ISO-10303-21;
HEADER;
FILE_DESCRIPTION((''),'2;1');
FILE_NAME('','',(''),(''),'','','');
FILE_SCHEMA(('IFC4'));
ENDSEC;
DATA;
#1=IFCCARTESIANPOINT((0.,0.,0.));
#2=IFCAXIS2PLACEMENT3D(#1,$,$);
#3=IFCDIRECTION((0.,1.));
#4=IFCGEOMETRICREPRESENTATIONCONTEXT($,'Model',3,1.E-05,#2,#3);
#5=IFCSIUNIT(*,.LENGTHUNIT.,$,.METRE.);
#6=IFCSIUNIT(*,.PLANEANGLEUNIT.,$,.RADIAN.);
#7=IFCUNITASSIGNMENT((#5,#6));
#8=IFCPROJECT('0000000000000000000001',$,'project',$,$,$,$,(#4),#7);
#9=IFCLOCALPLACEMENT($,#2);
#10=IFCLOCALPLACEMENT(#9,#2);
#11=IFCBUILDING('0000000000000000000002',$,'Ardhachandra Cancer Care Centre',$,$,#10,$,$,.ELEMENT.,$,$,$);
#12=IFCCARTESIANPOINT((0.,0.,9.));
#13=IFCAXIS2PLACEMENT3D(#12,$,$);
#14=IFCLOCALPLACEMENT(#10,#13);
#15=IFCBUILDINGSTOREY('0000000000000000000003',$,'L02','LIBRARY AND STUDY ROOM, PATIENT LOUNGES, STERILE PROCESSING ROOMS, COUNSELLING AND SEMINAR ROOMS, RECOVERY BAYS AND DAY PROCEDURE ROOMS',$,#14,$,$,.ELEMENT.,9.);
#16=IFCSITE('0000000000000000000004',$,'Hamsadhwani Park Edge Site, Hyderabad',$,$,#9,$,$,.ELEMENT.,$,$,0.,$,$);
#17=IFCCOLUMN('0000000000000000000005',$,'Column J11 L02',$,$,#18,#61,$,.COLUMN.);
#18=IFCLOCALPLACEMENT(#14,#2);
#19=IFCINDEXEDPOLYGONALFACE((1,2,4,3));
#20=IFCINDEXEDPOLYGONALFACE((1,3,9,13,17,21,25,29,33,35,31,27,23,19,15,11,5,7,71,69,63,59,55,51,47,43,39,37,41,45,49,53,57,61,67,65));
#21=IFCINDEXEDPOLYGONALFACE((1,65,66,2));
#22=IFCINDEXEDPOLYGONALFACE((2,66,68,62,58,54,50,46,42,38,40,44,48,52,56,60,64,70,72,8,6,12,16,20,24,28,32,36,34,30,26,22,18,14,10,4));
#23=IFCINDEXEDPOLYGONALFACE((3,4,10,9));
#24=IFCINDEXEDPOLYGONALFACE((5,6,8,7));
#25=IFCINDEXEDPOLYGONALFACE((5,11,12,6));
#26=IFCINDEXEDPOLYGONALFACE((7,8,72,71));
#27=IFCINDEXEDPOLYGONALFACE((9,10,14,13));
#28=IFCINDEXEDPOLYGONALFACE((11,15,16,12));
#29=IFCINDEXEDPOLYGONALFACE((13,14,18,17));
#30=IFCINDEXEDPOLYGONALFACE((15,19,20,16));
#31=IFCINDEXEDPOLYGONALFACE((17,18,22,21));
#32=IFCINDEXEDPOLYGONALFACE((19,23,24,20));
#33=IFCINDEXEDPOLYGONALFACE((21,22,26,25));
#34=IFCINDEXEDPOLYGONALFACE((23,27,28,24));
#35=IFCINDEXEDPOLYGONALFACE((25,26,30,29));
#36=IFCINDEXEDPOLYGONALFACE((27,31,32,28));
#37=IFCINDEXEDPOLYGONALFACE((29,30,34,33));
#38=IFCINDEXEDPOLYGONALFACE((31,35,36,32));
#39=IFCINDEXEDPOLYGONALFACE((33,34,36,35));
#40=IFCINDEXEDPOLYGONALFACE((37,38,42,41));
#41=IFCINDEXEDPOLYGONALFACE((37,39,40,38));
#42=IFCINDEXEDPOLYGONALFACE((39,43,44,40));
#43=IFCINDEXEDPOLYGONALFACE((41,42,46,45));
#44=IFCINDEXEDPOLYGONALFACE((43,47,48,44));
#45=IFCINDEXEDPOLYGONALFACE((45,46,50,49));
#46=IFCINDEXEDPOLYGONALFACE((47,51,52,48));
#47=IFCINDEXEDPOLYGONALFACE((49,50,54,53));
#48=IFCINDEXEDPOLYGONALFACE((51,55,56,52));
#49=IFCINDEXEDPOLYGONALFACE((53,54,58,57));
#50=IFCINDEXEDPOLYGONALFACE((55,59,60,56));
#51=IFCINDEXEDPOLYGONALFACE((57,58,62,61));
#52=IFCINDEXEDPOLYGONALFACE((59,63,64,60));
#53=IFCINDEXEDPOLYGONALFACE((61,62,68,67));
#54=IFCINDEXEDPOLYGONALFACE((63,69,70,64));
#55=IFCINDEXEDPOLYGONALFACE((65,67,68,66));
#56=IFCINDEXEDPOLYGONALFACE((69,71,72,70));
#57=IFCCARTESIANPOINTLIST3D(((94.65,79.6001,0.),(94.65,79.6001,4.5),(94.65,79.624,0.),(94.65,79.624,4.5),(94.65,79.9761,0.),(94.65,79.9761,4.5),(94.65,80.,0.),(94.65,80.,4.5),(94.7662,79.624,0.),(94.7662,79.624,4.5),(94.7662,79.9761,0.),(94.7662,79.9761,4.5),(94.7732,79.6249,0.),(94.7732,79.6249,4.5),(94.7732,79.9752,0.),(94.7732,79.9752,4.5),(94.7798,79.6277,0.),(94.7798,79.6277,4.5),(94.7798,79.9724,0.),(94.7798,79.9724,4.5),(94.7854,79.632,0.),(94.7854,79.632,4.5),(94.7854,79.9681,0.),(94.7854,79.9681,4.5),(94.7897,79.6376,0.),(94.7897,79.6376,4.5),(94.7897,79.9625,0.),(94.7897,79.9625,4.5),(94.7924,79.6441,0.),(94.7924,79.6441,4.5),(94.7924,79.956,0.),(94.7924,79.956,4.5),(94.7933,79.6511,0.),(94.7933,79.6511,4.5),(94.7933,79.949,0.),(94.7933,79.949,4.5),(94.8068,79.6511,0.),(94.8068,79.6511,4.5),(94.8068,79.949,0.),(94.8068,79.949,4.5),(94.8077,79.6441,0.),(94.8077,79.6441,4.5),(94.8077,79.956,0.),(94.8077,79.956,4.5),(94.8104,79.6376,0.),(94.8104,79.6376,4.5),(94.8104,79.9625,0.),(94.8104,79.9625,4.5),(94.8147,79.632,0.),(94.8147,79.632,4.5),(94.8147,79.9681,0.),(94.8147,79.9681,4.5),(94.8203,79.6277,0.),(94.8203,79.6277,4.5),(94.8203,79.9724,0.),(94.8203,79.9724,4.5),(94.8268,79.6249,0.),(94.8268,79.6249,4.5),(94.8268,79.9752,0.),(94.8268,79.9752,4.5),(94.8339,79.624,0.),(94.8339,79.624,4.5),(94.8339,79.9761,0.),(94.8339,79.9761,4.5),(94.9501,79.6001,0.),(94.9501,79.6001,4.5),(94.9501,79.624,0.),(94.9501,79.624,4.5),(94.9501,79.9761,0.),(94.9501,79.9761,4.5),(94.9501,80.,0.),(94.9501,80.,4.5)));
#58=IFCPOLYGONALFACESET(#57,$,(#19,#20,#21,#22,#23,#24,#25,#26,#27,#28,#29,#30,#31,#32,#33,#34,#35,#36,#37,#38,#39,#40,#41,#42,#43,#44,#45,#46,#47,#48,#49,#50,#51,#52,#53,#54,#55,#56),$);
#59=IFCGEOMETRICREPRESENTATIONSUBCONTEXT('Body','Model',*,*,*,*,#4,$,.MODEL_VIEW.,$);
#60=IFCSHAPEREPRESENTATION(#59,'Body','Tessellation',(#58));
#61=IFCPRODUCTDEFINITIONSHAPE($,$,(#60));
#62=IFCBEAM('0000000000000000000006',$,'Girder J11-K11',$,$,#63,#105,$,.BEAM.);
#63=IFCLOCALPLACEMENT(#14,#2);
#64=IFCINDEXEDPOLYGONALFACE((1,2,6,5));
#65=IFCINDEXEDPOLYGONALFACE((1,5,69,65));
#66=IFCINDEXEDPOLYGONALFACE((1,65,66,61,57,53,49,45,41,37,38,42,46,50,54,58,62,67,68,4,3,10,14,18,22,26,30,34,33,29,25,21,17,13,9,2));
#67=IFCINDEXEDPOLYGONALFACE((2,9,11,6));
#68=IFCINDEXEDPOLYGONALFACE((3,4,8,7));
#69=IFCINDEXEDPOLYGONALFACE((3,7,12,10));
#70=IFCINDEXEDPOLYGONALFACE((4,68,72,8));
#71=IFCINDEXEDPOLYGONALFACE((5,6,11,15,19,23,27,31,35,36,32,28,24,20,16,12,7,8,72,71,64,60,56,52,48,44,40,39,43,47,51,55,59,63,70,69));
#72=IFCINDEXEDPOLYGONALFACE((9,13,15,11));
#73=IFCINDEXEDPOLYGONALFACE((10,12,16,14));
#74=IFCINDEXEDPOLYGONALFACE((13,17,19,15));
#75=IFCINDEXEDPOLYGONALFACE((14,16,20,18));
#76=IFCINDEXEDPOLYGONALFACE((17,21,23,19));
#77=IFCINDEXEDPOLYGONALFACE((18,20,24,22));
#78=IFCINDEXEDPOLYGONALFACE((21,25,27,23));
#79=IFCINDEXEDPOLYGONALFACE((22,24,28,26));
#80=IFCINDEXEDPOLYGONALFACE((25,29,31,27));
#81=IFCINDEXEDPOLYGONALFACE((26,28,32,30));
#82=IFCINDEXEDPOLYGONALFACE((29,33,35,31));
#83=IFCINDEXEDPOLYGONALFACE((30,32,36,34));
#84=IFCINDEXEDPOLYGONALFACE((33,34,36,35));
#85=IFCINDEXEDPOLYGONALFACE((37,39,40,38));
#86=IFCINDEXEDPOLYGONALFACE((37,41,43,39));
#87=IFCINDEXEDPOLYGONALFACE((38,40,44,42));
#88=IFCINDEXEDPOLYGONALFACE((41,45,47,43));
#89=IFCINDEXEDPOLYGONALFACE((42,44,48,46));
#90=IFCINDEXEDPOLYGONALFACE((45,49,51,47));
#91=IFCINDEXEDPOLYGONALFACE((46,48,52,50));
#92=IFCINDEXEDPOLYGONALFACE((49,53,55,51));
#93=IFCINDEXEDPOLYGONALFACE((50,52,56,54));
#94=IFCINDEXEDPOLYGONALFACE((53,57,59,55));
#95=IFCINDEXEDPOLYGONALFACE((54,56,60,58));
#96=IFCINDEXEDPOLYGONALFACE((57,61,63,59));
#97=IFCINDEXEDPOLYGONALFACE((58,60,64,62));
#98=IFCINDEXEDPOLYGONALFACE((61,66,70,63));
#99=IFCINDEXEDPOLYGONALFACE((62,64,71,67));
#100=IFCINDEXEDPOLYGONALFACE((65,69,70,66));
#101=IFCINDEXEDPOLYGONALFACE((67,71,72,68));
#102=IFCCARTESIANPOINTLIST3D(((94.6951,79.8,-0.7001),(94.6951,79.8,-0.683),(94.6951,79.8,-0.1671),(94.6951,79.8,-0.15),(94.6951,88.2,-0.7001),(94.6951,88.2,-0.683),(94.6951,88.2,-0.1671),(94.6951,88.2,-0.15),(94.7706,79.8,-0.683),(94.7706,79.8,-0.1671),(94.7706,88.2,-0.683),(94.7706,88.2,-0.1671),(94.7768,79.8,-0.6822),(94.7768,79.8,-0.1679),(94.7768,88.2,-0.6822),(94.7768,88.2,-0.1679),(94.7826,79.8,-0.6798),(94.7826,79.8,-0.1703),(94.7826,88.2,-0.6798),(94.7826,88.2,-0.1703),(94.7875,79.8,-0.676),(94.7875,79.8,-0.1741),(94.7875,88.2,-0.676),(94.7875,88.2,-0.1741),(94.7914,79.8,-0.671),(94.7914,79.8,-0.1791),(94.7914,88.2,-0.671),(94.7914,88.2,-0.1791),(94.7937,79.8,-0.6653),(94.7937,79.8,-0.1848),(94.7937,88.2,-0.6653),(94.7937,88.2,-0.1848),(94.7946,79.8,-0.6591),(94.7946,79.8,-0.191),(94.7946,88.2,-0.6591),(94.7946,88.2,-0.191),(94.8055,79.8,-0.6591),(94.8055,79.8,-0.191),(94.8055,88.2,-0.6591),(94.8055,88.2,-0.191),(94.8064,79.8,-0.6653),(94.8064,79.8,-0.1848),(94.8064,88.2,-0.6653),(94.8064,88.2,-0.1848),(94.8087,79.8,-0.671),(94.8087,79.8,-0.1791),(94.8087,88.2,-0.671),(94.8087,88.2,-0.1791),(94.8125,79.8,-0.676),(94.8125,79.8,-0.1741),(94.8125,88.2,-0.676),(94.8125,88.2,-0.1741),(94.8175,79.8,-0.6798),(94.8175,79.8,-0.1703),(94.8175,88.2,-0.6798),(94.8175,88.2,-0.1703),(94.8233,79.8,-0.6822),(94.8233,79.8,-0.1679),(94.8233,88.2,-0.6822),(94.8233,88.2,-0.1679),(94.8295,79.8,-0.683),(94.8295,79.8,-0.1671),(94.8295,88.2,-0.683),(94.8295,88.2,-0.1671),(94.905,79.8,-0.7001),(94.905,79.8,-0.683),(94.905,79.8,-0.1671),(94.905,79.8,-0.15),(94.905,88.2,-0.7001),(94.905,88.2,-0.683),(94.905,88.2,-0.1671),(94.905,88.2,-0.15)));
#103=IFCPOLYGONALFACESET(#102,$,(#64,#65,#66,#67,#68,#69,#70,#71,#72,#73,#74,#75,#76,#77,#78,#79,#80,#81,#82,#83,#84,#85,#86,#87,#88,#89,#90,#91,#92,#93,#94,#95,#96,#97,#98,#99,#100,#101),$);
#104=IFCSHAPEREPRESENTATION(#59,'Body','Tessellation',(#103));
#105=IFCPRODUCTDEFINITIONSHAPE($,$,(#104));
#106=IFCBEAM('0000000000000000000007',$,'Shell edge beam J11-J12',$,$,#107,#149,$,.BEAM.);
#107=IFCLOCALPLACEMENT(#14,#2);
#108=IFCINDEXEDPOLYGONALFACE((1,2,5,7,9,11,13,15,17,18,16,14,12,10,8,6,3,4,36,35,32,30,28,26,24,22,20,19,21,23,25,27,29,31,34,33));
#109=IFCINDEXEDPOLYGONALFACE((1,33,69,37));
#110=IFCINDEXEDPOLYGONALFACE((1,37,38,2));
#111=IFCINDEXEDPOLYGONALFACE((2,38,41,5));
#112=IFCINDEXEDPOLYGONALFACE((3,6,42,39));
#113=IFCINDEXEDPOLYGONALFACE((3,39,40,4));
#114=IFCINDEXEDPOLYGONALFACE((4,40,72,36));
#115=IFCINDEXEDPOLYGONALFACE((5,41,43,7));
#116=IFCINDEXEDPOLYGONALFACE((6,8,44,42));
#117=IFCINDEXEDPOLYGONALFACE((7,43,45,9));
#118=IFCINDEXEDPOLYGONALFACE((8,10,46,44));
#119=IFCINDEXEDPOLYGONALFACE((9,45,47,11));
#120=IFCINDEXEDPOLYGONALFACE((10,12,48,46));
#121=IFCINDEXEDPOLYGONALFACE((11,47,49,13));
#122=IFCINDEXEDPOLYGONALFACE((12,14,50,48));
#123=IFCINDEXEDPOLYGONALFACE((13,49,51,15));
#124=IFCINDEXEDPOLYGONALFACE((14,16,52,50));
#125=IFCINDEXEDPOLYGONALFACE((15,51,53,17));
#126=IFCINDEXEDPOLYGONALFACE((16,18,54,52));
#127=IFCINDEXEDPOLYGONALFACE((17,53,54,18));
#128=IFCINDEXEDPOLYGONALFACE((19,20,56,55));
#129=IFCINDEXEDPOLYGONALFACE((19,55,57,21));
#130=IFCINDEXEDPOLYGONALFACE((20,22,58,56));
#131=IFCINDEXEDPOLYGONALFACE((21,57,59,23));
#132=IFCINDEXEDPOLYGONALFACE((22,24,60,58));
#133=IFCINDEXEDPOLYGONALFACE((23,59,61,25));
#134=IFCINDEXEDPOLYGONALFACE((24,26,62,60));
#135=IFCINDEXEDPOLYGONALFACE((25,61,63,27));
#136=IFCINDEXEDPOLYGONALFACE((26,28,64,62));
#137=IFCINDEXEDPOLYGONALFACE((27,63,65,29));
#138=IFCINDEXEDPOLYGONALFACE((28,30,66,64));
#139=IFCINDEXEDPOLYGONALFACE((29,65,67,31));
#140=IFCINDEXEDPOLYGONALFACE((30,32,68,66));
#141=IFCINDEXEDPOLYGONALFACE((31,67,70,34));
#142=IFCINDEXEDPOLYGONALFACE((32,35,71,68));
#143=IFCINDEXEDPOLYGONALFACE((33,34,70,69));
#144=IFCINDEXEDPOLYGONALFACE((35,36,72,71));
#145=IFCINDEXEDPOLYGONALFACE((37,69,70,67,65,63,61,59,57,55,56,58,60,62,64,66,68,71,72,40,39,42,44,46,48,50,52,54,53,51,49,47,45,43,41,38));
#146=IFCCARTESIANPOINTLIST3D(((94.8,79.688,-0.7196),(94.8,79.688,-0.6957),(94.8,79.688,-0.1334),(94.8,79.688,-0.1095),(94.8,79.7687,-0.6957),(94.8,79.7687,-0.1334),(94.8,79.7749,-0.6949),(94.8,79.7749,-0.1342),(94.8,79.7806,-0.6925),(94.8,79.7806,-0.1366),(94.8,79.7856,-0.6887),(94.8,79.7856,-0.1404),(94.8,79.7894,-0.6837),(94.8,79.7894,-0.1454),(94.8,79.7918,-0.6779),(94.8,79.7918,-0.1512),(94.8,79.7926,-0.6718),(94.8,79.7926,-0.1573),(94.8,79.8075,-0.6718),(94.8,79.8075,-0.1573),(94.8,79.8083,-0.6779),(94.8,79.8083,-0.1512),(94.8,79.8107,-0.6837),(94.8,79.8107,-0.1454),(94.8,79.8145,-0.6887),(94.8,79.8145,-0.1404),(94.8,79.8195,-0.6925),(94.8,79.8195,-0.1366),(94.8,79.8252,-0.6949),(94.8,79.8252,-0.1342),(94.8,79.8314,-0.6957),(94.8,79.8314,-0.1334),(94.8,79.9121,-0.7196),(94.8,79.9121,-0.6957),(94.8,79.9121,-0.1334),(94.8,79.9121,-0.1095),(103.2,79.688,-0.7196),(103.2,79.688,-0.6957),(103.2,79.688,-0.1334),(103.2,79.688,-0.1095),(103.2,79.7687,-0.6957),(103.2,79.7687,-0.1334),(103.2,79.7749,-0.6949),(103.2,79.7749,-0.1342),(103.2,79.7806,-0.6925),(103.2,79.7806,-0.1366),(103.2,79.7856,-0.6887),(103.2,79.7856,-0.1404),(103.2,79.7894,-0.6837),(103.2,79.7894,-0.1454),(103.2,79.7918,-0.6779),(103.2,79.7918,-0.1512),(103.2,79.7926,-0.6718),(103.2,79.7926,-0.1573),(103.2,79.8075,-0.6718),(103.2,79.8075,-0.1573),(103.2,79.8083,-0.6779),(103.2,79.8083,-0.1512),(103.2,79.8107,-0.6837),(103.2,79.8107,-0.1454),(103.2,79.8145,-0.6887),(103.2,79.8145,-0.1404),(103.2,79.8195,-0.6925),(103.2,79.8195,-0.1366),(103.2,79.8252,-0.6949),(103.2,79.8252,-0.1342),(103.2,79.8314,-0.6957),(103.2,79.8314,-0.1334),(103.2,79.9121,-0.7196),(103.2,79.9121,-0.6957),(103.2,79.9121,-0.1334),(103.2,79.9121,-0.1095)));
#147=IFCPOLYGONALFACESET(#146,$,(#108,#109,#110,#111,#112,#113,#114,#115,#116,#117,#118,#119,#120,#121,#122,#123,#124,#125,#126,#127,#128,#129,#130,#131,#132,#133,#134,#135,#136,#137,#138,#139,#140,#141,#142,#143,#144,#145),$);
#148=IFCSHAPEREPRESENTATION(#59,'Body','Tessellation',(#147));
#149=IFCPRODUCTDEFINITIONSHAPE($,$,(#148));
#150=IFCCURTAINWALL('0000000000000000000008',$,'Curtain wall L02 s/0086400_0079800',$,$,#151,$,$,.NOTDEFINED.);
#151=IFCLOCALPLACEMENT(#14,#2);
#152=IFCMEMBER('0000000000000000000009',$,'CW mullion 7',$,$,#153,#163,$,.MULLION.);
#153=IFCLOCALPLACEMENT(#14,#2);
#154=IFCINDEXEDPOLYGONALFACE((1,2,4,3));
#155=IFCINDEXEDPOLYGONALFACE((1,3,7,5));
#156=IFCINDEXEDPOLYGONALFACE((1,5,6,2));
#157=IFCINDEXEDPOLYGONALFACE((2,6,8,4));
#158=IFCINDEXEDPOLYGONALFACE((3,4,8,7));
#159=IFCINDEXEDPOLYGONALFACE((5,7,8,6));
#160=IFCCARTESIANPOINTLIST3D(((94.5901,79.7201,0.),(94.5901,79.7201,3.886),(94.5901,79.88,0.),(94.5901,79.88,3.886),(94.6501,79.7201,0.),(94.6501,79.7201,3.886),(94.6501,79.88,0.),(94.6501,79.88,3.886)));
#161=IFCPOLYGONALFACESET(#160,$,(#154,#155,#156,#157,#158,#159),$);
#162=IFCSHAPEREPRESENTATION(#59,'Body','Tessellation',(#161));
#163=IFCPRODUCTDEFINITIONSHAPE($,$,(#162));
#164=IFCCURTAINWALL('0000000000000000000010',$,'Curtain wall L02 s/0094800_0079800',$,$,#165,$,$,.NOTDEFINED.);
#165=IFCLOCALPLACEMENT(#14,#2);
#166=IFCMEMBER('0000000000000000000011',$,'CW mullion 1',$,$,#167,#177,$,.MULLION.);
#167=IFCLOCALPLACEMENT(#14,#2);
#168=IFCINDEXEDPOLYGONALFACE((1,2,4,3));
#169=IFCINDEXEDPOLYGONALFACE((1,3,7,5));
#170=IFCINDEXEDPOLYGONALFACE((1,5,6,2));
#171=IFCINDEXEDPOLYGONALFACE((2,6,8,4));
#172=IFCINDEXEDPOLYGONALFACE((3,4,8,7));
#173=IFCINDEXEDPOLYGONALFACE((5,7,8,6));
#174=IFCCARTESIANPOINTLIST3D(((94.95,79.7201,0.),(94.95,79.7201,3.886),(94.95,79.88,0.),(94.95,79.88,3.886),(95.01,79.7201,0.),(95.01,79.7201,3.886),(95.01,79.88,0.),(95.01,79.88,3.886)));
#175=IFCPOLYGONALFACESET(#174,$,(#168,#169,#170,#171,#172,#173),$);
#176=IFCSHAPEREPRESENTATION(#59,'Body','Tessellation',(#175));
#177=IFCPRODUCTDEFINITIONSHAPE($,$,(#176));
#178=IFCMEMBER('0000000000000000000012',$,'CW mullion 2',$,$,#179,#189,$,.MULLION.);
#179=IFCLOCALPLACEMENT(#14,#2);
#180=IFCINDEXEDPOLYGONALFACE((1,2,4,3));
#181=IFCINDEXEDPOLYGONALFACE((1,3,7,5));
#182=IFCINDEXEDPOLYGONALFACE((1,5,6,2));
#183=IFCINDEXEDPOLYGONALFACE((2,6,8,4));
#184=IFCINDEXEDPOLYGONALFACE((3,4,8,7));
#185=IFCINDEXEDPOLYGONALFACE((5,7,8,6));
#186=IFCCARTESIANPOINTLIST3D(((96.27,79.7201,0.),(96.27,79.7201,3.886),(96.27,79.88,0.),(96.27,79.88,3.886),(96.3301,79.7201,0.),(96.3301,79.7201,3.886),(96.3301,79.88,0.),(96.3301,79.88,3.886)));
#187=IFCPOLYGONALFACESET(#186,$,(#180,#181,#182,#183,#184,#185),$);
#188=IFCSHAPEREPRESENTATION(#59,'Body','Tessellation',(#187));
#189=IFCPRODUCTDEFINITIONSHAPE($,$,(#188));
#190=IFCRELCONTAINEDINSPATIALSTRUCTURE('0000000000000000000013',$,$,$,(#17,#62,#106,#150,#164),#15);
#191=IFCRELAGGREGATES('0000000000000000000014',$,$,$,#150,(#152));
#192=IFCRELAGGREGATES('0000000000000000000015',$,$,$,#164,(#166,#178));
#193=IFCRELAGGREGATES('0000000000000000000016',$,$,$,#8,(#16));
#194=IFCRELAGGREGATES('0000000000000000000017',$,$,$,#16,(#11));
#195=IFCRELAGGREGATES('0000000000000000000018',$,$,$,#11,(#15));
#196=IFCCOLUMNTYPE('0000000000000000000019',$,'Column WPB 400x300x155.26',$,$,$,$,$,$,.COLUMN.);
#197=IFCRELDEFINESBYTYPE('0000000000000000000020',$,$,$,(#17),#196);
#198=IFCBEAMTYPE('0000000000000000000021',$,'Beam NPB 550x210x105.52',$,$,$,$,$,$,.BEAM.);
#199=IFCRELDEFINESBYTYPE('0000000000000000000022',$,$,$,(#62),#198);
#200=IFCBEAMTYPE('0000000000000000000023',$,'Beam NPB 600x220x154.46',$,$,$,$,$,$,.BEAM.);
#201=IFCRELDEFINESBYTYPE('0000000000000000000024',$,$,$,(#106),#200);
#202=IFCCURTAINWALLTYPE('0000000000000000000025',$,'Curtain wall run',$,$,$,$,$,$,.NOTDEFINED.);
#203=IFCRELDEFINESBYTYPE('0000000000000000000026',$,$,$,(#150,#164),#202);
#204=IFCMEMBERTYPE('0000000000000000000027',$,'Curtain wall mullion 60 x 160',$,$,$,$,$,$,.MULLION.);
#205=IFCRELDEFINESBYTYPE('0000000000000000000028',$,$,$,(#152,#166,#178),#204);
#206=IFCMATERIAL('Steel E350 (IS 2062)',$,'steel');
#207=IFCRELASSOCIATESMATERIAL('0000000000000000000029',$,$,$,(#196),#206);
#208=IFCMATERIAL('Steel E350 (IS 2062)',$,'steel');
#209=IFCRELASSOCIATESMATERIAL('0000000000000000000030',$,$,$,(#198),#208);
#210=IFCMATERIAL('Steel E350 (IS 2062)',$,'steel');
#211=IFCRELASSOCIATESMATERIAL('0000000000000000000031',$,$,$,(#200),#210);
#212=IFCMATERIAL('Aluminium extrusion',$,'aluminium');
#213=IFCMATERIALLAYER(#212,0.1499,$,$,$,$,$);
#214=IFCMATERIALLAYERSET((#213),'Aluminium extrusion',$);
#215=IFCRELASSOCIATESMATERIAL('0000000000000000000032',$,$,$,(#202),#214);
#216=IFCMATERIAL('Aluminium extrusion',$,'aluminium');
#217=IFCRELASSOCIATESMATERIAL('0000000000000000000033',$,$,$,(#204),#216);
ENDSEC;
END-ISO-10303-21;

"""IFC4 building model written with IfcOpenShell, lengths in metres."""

from ifc_helpers import new_model, si_unit, direction, frame, origin, origin_2d, place, context, subcontext, project, spatial, rectangle, i_section, extrude, material, layer, layer_set, material_profile, profile_set, type_object, element, aggregate, save


model = new_model("IFC4")

# Units and contexts
model_context = context("Model", 3, precision=1e-05, world=origin(), true_north=direction((0.0, 1.0)))
body_context = subcontext(model_context, "Body", "Model", "MODEL_VIEW")
ifc_project = project(units=[si_unit("LENGTHUNIT", "METRE"), si_unit("PLANEANGLEUNIT", "RADIAN")], contexts=[model_context])

# Site, building, storey
site_placement = place(None, origin())
site = spatial("IfcSite", under=ifc_project, at=site_placement, Name="Hamsadhwani Park Edge Site, Hyderabad", CompositionType="ELEMENT", RefElevation=0.0)
building_placement = place(site_placement, origin())
building = spatial("IfcBuilding", under=site, at=building_placement, Name="Ardhachandra Cancer Care Centre", CompositionType="ELEMENT")
storey_placement = place(building_placement, frame((0.0, 0.0, 9.0)))
storey = spatial("IfcBuildingStorey", under=building, at=storey_placement, Name="L02", Description="LIBRARY AND STUDY ROOM, PATIENT LOUNGES, STERILE PROCESSING ROOMS, COUNSELLING AND SEMINAR ROOMS, RECOVERY BAYS AND DAY PROCEDURE ROOMS", CompositionType="ELEMENT", Elevation=9.0)

# Column
ifc_material_1 = material(Name="Steel E350 (IS 2062)", Category="steel")
ifc_material_profile_1 = material_profile(ifc_material_1, i_section(OverallWidth=0.3, OverallDepth=0.3999, WebThickness=0.0134, FlangeThickness=0.0239, FilletRadius=0.0271, at=origin_2d()), Name="WPB 400x300x155.26")
ifc_profile_set_1 = profile_set([ifc_material_profile_1], Name="Steel E350 (IS 2062)")
column_type = type_object("IfcColumnType", Name="Column WPB 400x300x155.26", PredefinedType="COLUMN", material=ifc_profile_set_1)
column_placement = place(storey_placement, frame((94.8, 79.8, 0.0), z_axis=(0.0, 0.0, 1.0), x_axis=(1.0, 0.0, 0.0)))
element("IfcColumn", 1, at=column_placement, inside=storey, type_object=column_type, Name="Column J11 L02", PredefinedType="COLUMN", context=body_context, shape_type="SweptSolid", body=[
    extrude(i_section(OverallWidth=0.3, OverallDepth=0.3999, WebThickness=0.0134, FlangeThickness=0.0239, FilletRadius=0.0271, at=origin_2d()), origin(), (0.0, 0.0, 1.0), 4.5),
])

# Beams
ifc_material_2 = material(Name="Steel E350 (IS 2062)", Category="steel")
ifc_material_profile_2 = material_profile(ifc_material_2, i_section(OverallWidth=0.21, OverallDepth=0.55, WebThickness=0.011, FlangeThickness=0.0171, FilletRadius=0.0239, at=origin_2d()), Name="NPB 550x210x105.52")
ifc_profile_set_2 = profile_set([ifc_material_profile_2], Name="Steel E350 (IS 2062)")
beam_type_1 = type_object("IfcBeamType", Name="Beam NPB 550x210x105.52", PredefinedType="BEAM", material=ifc_profile_set_2)
beam_1_placement = place(storey_placement, frame((94.8, 79.8, -0.425), z_axis=(0.0, 1.0, 0.0), x_axis=(-1.0, 0.0, 0.0)))
element("IfcBeam", 2, at=beam_1_placement, inside=storey, type_object=beam_type_1, Name="Girder J11-K11", PredefinedType="BEAM", context=body_context, shape_type="SweptSolid", body=[
    extrude(i_section(OverallWidth=0.21, OverallDepth=0.55, WebThickness=0.011, FlangeThickness=0.0171, FilletRadius=0.0239, at=origin_2d()), origin(), (0.0, 0.0, 1.0), 8.3999),
])
ifc_material_3 = material(Name="Steel E350 (IS 2062)", Category="steel")
ifc_material_profile_3 = material_profile(ifc_material_3, i_section(OverallWidth=0.2241, OverallDepth=0.6101, WebThickness=0.0149, FlangeThickness=0.0239, FilletRadius=0.0239, at=origin_2d()), Name="NPB 600x220x154.46")
ifc_profile_set_3 = profile_set([ifc_material_profile_3], Name="Steel E350 (IS 2062)")
beam_type_2 = type_object("IfcBeamType", Name="Beam NPB 600x220x154.46", PredefinedType="BEAM", material=ifc_profile_set_3)
beam_2_placement = place(storey_placement, frame((94.8, 79.8, -0.4146), z_axis=(1.0, 0.0, 0.0), x_axis=(0.0, 1.0, 0.0)))
element("IfcBeam", 3, at=beam_2_placement, inside=storey, type_object=beam_type_2, Name="Shell edge beam J11-J12", PredefinedType="BEAM", context=body_context, shape_type="SweptSolid", body=[
    extrude(i_section(OverallWidth=0.2241, OverallDepth=0.6101, WebThickness=0.0149, FlangeThickness=0.0239, FilletRadius=0.0239, at=origin_2d()), origin(), (0.0, 0.0, 1.0), 8.3999),
])

# Curtain wall, member
ifc_material_4 = material(Name="Aluminium extrusion", Category="aluminium")
ifc_layer_1 = layer(ifc_material_4, 0.1499)
ifc_layer_set_1 = layer_set([ifc_layer_1], Name="Aluminium extrusion")
curtain_wall_type = type_object("IfcCurtainWallType", Name="Curtain wall run", PredefinedType="NOTDEFINED", material=ifc_layer_set_1)
curtain_wall_1_placement = place(storey_placement, origin())
curtain_wall_1 = element("IfcCurtainWall", 4, at=curtain_wall_1_placement, inside=storey, type_object=curtain_wall_type, Name="Curtain wall L02 s/0086400_0079800", PredefinedType="NOTDEFINED")
ifc_material_5 = material(Name="Aluminium extrusion", Category="aluminium")
ifc_material_profile_4 = material_profile(ifc_material_5, rectangle(XDim=0.1599, YDim=0.0601, at=origin_2d()), Name="Curtain wall mullion 60 x 160")
ifc_profile_set_4 = profile_set([ifc_material_profile_4], Name="Aluminium extrusion")
member_type_1 = type_object("IfcMemberType", Name="Curtain wall mullion 60 x 160", PredefinedType="MULLION", material=ifc_profile_set_4)
member_1_placement = place(storey_placement, frame((94.6201, 79.8, 0.0), z_axis=(0.0, 0.0, 1.0), x_axis=(0.0, 1.0, 0.0)))
member_1 = element("IfcMember", 5, at=member_1_placement, type_object=member_type_1, Name="CW mullion 7", PredefinedType="MULLION", context=body_context, shape_type="SweptSolid", body=[
    extrude(rectangle(XDim=0.1599, YDim=0.0601, at=origin_2d()), origin(), (0.0, 0.0, 1.0), 3.886),
])

# Curtain wall, members
curtain_wall_2_placement = place(storey_placement, origin())
curtain_wall_2 = element("IfcCurtainWall", 6, at=curtain_wall_2_placement, inside=storey, type_object=curtain_wall_type, Name="Curtain wall L02 s/0094800_0079800", PredefinedType="NOTDEFINED")
member_2_placement = place(storey_placement, frame((94.98, 79.8, 0.0), z_axis=(0.0, 0.0, 1.0), x_axis=(0.0, 1.0, 0.0)))
member_2 = element("IfcMember", 7, at=member_2_placement, type_object=member_type_1, Name="CW mullion 1", PredefinedType="MULLION", context=body_context, shape_type="SweptSolid", body=[
    extrude(rectangle(XDim=0.1599, YDim=0.0601, at=origin_2d()), origin(), (0.0, 0.0, 1.0), 3.886),
])
member_3_placement = place(storey_placement, frame((96.3, 79.8, 0.0), z_axis=(0.0, 0.0, 1.0), x_axis=(0.0, 1.0, 0.0)))
member_3 = element("IfcMember", 8, at=member_3_placement, type_object=member_type_1, Name="CW mullion 2", PredefinedType="MULLION", context=body_context, shape_type="SweptSolid", body=[
    extrude(rectangle(XDim=0.1599, YDim=0.0601, at=origin_2d()), origin(), (0.0, 0.0, 1.0), 3.886),
])

aggregate(curtain_wall_1, [member_1])
aggregate(curtain_wall_2, [member_2, member_3])

save(model, "model.ifc")
